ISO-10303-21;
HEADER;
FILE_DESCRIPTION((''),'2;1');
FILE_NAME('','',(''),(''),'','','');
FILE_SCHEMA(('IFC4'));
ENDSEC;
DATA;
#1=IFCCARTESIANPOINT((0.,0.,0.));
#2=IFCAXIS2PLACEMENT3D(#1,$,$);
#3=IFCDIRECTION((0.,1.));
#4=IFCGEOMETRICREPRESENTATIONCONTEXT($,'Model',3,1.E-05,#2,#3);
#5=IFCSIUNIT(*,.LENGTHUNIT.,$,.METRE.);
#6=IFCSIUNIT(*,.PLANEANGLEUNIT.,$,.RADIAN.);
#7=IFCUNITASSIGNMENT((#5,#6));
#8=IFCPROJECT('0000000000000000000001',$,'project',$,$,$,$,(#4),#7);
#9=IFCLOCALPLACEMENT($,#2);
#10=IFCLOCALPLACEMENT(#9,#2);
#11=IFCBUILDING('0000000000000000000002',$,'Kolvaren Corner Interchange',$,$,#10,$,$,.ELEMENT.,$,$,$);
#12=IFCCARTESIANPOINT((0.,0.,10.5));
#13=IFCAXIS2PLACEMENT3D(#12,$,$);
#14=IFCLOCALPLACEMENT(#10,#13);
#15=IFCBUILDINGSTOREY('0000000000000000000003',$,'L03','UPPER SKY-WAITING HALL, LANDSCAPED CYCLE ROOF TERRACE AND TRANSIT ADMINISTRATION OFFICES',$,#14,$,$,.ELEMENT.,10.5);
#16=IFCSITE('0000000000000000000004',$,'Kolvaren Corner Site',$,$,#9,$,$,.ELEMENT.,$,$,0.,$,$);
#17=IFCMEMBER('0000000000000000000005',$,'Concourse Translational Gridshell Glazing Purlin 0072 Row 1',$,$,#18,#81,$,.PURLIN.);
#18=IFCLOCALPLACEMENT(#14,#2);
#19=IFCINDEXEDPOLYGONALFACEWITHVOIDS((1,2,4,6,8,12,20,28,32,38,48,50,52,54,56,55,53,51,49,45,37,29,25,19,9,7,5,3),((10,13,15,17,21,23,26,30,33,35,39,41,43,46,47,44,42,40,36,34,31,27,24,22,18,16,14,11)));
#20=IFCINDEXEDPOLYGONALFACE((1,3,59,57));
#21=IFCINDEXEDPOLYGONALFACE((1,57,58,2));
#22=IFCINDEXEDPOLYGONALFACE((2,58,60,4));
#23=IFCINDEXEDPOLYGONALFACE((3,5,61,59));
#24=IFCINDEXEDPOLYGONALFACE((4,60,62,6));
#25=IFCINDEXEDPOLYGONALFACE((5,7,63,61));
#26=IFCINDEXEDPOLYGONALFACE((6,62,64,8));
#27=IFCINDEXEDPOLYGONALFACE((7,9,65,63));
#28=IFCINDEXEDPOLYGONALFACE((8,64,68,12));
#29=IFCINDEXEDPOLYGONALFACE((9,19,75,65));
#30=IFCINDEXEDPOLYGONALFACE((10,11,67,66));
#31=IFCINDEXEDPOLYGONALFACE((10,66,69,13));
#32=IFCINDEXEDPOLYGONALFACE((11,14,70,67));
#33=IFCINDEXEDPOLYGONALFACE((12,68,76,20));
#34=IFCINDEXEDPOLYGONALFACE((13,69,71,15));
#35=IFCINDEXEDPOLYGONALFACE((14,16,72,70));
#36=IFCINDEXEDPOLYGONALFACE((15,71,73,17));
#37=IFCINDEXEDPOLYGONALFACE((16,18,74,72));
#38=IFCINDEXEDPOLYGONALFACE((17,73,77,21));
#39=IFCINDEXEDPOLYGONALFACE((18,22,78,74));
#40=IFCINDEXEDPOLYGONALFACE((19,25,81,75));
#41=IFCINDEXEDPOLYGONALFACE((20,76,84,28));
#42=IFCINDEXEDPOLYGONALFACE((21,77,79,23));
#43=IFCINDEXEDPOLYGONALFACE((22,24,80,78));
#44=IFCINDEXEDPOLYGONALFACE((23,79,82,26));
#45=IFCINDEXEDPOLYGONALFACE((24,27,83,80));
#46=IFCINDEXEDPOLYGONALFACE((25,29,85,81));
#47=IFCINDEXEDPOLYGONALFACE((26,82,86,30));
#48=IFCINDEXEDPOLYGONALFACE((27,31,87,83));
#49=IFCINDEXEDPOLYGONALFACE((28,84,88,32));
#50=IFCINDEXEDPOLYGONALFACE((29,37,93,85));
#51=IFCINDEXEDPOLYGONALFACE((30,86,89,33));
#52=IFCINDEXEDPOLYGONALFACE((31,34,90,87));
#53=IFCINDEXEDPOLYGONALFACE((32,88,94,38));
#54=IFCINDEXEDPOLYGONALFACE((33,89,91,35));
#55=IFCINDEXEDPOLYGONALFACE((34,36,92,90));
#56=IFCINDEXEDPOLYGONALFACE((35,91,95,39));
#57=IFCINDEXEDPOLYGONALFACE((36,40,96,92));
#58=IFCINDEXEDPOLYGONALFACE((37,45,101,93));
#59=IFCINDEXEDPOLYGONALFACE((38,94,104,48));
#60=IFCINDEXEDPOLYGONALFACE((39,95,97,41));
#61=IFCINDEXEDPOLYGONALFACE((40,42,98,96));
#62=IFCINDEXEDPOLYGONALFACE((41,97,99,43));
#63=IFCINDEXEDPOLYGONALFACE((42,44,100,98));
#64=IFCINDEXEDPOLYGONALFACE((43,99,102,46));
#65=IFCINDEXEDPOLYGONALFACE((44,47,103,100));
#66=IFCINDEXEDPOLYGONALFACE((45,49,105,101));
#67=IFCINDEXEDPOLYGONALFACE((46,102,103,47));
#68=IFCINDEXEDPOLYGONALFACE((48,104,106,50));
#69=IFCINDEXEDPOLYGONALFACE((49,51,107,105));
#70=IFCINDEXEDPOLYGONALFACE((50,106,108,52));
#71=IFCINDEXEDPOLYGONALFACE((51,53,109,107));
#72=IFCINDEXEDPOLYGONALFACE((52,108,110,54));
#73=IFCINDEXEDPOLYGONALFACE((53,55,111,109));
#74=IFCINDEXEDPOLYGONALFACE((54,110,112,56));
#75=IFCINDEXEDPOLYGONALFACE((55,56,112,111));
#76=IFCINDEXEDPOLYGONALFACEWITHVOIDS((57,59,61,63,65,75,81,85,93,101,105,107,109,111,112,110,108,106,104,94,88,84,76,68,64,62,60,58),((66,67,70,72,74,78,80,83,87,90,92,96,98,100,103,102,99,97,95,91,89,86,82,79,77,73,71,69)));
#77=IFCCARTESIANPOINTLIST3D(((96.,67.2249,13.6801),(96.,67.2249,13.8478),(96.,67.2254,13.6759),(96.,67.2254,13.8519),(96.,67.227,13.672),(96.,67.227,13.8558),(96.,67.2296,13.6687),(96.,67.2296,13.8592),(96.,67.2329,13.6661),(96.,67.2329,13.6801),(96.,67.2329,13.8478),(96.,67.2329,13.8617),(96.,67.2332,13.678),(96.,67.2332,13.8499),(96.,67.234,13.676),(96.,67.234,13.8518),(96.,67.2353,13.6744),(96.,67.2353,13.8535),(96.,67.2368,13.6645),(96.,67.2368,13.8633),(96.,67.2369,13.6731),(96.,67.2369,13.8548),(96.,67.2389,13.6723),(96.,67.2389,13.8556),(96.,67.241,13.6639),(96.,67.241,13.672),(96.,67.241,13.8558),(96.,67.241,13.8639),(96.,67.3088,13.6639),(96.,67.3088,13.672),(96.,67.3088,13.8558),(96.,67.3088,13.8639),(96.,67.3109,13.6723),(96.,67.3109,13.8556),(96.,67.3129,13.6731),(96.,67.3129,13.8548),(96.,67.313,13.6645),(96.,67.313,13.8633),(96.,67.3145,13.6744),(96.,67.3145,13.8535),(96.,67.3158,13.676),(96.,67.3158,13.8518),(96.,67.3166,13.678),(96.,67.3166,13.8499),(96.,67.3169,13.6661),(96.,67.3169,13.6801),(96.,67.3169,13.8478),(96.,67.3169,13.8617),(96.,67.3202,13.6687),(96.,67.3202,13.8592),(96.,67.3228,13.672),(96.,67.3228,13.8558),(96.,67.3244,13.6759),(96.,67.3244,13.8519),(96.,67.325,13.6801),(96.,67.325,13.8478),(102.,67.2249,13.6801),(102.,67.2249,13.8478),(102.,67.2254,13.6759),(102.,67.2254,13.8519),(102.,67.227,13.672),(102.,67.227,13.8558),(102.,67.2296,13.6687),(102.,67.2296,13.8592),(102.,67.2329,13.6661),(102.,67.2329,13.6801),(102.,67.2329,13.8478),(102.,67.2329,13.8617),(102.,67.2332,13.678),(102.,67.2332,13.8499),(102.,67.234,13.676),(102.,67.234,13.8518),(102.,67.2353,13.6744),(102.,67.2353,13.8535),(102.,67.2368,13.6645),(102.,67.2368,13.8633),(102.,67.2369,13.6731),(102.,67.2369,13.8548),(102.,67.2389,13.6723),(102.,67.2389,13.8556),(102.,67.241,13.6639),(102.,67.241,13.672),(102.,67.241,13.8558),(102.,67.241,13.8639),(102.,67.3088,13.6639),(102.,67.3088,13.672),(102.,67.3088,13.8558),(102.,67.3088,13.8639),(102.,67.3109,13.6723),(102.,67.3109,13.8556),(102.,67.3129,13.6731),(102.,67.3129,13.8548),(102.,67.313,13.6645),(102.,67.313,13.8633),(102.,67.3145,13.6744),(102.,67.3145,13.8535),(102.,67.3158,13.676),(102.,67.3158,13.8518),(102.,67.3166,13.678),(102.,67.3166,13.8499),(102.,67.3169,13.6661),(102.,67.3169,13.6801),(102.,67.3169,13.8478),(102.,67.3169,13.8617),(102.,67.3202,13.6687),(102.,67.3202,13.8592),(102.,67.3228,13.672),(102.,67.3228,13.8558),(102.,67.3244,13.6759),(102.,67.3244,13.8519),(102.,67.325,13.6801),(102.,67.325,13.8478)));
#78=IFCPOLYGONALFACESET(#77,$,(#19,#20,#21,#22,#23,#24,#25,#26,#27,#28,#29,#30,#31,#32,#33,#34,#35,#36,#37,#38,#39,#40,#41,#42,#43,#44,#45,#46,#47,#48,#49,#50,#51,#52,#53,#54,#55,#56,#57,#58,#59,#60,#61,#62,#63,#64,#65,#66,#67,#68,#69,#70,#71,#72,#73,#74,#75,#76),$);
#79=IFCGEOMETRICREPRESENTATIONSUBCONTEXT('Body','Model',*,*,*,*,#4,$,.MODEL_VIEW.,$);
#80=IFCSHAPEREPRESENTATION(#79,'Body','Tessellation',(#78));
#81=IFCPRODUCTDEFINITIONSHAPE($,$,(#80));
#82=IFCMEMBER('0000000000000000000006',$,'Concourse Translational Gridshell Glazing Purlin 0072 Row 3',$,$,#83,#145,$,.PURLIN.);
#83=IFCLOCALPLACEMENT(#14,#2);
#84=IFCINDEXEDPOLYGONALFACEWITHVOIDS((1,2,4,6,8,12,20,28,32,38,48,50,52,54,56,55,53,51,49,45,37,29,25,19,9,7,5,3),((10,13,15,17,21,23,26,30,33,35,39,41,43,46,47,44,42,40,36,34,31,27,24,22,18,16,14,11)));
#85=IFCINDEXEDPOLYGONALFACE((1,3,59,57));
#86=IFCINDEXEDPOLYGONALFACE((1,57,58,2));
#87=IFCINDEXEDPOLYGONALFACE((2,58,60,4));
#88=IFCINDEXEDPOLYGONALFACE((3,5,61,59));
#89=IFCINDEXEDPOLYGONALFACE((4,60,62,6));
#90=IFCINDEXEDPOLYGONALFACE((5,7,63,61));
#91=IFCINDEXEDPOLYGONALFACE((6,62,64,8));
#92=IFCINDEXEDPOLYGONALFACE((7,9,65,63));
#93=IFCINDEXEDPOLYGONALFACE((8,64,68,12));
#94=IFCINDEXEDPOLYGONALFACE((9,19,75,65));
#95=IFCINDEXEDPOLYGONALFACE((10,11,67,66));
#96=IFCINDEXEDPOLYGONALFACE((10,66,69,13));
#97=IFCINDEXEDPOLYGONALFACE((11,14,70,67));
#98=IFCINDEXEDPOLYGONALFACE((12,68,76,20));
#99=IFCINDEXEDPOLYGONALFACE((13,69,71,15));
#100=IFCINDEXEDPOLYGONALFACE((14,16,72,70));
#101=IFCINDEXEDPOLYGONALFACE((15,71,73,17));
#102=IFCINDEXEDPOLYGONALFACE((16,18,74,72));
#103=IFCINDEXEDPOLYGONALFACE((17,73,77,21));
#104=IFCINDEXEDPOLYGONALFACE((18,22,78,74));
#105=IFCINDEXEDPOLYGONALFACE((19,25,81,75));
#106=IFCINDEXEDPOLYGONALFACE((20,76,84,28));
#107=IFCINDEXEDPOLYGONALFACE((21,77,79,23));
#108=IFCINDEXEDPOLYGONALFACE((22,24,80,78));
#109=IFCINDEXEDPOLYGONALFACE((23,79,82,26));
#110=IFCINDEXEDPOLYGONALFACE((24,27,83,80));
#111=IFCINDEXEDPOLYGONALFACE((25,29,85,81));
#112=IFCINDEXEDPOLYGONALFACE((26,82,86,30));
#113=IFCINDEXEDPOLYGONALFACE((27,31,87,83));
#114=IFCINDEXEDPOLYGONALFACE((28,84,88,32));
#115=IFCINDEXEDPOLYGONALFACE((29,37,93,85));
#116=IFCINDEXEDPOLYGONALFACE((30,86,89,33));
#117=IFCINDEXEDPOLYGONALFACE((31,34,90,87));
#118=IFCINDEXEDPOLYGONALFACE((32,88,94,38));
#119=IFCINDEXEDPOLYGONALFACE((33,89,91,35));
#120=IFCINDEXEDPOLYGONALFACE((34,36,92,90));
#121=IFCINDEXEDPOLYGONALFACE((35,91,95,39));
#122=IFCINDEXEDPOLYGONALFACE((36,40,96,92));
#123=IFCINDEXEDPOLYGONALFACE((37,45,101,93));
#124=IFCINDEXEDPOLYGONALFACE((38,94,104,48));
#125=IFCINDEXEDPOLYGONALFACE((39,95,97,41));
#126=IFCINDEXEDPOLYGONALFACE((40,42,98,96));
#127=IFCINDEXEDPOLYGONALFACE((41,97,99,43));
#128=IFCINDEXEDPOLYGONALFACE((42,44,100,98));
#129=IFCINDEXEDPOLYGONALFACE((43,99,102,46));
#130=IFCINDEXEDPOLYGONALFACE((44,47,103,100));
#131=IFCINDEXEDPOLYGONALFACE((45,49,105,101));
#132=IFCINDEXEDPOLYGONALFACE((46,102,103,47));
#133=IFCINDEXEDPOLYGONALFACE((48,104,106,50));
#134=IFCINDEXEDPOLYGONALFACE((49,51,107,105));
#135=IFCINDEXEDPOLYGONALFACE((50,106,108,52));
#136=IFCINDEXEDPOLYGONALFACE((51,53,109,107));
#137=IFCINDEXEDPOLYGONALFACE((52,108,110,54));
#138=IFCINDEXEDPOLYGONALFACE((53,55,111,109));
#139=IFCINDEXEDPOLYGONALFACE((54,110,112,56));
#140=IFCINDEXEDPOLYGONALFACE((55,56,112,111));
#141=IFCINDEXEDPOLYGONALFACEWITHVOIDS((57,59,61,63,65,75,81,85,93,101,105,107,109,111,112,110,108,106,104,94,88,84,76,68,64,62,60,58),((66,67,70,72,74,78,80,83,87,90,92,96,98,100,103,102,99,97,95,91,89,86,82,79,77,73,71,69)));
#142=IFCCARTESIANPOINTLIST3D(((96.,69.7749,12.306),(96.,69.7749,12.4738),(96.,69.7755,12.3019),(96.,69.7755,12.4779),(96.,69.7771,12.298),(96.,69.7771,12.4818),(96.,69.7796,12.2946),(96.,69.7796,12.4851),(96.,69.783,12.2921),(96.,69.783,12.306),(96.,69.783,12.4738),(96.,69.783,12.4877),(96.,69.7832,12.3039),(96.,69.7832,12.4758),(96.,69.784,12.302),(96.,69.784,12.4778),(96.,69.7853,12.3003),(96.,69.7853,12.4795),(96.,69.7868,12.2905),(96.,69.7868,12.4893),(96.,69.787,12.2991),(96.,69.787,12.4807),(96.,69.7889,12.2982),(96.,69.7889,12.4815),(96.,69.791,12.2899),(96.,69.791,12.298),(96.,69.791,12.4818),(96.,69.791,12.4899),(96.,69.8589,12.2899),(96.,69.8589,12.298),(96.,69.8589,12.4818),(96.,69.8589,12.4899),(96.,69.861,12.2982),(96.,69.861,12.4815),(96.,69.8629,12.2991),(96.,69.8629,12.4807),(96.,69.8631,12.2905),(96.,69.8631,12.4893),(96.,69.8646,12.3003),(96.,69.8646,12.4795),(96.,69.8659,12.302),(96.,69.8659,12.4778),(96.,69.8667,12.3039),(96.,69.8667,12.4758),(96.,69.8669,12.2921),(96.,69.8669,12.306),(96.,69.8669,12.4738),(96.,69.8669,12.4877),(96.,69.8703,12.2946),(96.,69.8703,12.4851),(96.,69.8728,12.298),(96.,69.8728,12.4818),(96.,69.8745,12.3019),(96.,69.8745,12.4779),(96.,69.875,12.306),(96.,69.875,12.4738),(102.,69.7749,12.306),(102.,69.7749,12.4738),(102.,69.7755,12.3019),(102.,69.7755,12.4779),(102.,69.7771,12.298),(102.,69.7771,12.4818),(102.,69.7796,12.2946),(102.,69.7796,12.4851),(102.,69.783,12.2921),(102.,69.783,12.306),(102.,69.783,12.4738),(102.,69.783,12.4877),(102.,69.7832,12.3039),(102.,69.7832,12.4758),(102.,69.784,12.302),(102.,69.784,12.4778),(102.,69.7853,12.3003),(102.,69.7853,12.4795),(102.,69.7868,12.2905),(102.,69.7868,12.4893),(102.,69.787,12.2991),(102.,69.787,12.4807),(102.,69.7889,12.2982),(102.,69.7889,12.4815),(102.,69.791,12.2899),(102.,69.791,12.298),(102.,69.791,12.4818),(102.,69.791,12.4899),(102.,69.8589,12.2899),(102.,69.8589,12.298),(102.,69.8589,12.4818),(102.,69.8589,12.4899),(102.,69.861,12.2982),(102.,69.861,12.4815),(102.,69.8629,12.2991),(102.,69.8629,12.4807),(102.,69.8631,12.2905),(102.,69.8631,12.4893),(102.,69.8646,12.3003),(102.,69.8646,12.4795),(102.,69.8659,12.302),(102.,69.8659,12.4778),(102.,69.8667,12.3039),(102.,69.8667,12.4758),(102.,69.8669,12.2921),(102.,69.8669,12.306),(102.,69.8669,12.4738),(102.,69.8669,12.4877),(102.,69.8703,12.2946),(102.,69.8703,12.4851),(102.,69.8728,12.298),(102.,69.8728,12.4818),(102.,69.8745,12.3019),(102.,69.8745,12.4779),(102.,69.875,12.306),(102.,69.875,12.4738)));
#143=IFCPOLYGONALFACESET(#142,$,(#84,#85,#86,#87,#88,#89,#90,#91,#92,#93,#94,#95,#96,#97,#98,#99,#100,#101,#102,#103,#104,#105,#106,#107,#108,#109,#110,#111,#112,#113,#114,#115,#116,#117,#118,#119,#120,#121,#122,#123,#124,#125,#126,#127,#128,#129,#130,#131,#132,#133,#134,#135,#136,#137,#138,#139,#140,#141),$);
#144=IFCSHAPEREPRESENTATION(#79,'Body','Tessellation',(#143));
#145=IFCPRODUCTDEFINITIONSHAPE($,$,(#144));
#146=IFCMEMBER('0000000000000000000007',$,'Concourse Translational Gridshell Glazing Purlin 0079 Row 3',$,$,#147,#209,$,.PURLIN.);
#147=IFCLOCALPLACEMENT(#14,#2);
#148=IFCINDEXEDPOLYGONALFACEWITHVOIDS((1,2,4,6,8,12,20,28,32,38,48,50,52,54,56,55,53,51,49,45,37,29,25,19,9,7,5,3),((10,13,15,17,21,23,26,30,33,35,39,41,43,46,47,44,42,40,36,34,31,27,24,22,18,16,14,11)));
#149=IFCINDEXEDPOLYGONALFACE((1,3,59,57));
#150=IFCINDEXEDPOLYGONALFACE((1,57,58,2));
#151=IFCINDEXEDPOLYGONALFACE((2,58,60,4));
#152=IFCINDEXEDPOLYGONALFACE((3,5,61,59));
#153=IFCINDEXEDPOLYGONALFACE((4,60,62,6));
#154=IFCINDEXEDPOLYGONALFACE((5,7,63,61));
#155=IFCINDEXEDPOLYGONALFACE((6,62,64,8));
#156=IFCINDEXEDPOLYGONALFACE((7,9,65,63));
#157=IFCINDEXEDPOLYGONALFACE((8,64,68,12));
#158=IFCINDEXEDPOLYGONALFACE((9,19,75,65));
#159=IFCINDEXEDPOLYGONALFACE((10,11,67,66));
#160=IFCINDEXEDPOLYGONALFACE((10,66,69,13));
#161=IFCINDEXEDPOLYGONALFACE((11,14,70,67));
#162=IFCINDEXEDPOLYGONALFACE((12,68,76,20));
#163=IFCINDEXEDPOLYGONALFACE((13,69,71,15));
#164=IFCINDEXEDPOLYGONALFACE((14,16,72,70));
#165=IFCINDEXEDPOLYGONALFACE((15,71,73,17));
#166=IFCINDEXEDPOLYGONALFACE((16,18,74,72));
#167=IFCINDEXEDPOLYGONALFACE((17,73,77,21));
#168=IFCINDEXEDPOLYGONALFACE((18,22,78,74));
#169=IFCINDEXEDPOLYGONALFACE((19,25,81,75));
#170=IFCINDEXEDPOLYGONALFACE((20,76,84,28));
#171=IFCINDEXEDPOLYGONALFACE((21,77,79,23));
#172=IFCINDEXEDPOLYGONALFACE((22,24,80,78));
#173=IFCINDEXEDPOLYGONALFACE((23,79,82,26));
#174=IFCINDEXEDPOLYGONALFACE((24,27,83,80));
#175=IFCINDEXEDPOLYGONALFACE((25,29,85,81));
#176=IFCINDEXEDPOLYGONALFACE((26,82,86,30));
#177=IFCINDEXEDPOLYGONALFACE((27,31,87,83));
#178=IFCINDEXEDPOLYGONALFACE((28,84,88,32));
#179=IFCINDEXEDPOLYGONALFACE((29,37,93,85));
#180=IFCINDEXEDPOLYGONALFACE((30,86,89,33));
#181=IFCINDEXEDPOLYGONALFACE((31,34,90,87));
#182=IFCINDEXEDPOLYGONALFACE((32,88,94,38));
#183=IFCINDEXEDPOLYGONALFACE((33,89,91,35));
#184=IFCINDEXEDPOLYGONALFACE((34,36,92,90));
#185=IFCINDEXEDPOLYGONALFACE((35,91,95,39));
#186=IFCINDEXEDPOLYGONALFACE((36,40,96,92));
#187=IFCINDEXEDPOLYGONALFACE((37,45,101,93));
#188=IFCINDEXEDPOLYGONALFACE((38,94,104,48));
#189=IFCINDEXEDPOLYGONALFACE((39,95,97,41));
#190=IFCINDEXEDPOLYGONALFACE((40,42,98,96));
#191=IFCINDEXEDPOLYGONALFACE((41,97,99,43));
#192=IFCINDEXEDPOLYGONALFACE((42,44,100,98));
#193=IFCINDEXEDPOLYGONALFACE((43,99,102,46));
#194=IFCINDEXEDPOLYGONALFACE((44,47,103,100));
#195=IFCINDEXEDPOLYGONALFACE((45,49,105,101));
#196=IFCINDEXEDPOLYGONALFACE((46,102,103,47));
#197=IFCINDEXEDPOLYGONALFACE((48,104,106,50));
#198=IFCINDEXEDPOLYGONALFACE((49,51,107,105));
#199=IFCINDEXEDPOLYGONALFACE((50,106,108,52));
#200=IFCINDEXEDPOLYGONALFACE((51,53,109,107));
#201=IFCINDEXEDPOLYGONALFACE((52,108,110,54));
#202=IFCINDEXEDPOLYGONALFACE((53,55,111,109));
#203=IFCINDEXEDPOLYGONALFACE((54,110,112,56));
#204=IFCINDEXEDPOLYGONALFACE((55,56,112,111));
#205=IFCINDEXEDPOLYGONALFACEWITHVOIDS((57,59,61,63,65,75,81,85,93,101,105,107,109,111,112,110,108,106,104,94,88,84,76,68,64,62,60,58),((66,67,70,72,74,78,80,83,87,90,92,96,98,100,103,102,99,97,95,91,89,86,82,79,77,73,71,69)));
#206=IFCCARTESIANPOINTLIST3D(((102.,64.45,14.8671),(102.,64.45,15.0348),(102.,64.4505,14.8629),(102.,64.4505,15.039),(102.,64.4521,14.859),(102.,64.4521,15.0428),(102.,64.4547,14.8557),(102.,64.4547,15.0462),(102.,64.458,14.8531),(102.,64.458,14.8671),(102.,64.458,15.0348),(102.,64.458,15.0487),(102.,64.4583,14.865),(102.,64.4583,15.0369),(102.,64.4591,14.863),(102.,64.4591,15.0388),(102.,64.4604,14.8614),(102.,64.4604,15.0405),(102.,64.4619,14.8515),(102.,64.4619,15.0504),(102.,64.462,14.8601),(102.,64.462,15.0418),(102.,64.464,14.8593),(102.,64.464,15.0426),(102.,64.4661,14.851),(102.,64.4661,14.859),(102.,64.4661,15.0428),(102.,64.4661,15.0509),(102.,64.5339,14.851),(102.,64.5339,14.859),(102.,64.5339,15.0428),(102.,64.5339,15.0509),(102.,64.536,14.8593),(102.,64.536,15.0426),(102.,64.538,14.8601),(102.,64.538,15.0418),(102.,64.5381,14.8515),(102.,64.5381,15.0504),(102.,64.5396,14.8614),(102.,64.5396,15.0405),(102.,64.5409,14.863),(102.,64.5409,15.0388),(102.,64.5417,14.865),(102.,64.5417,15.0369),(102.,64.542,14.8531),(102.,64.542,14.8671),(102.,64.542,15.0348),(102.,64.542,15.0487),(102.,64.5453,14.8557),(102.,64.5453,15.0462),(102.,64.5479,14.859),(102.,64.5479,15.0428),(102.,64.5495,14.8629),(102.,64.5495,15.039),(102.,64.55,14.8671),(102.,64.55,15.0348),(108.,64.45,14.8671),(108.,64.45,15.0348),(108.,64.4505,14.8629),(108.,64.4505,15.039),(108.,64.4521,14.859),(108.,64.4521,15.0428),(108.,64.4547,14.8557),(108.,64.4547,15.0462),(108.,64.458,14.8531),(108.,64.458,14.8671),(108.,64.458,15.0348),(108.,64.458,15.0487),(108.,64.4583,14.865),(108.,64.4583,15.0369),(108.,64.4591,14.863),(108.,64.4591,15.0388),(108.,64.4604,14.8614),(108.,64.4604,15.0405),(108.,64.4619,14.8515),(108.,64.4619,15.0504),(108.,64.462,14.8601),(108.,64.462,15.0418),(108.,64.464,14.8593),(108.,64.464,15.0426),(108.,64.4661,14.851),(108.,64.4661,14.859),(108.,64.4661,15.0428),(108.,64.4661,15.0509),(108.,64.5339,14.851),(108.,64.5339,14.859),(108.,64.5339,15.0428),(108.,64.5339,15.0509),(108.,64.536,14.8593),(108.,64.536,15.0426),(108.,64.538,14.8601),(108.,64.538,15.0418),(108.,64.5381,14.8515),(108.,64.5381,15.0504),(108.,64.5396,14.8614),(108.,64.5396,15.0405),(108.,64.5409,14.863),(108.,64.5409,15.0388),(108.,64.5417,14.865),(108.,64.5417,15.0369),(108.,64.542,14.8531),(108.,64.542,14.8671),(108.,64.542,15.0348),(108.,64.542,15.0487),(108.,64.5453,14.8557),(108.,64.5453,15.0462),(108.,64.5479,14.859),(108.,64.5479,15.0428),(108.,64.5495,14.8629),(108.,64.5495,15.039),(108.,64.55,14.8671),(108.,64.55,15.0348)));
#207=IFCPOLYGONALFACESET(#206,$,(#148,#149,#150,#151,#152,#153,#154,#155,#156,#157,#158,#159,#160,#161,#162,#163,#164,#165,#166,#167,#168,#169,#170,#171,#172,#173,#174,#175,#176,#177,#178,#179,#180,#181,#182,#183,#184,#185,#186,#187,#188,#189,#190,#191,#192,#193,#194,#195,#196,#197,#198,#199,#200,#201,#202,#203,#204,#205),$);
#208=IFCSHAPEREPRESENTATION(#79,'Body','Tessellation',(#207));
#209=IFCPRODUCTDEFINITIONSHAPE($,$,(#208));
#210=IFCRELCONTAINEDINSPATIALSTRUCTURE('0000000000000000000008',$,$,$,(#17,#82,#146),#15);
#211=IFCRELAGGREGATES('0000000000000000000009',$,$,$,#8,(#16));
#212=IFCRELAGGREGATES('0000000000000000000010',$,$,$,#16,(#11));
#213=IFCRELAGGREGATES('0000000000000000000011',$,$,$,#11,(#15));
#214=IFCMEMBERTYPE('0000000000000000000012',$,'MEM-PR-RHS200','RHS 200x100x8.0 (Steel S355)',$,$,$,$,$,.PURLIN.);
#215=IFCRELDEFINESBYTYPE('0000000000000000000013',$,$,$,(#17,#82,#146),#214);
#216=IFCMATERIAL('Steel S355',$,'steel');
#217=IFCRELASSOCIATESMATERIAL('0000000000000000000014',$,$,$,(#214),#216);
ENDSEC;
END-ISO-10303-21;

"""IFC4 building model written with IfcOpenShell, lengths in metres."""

from ifc_helpers import new_model, si_unit, direction, frame, origin, origin_2d, place, context, subcontext, project, spatial, hollow_rectangle, extrude, material, material_profile, profile_set, type_object, element, save


model = new_model("IFC4")

# Units and contexts
model_context = context("Model", 3, precision=1e-05, world=origin(), true_north=direction((0.0, 1.0)))
body_context = subcontext(model_context, "Body", "Model", "MODEL_VIEW")
ifc_project = project(units=[si_unit("LENGTHUNIT", "METRE"), si_unit("PLANEANGLEUNIT", "RADIAN")], contexts=[model_context])

# Site, building, storey
site_placement = place(None, origin())
site = spatial("IfcSite", under=ifc_project, at=site_placement, Name="Kolvaren Corner Site", CompositionType="ELEMENT", RefElevation=0.0)
building_placement = place(site_placement, origin())
building = spatial("IfcBuilding", under=site, at=building_placement, Name="Kolvaren Corner Interchange", CompositionType="ELEMENT")
storey_placement = place(building_placement, frame((0.0, 0.0, 10.5)))
storey = spatial("IfcBuildingStorey", under=building, at=storey_placement, Name="L03", Description="UPPER SKY-WAITING HALL, LANDSCAPED CYCLE ROOF TERRACE AND TRANSIT ADMINISTRATION OFFICES", CompositionType="ELEMENT", Elevation=10.5)

# Members
ifc_material_1 = material(Name="Steel S355", Category="steel")
ifc_material_profile_1 = material_profile(ifc_material_1, hollow_rectangle(XDim=0.1001, YDim=0.2, WallThickness=0.0081, InnerFilletRadius=0.0081, OuterFilletRadius=0.0161, at=origin_2d()), Name="RHS 200x100x8.0")
ifc_profile_set_1 = profile_set([ifc_material_profile_1], Name="Steel S355")
member_type_1 = type_object("IfcMemberType", Name="MEM-PR-RHS200", Description="RHS 200x100x8.0 (Steel S355)", PredefinedType="PURLIN", material=ifc_profile_set_1)
for number, where, z_axis, x_axis, name in (
    (1, (96.0, 67.2749, 13.7639), (1.0, 0.0, 0.0), (0.0, 1.0, 0.0), "Concourse Translational Gridshell Glazing Purlin 0072 Row 1"),
    (2, (96.0, 69.825, 12.3899), (1.0, 0.0, 0.0), (0.0, 1.0, 0.0), "Concourse Translational Gridshell Glazing Purlin 0072 Row 3"),
    (3, (102.0, 64.5, 14.9509), (1.0, 0.0, 0.0), (0.0, 1.0, 0.0), "Concourse Translational Gridshell Glazing Purlin 0079 Row 3"),
):
    element("IfcMember", number, at=place(storey_placement, frame(where, z_axis=z_axis, x_axis=x_axis)), inside=storey, type_object=member_type_1, Name=name, PredefinedType="PURLIN", context=body_context, shape_type="SweptSolid", body=[
        extrude(hollow_rectangle(XDim=0.1001, YDim=0.2, WallThickness=0.0081, InnerFilletRadius=0.0081, OuterFilletRadius=0.0161, at=origin_2d()), origin(), (0.0, 0.0, 1.0), 6.0),
    ])

save(model, "model.ifc")
